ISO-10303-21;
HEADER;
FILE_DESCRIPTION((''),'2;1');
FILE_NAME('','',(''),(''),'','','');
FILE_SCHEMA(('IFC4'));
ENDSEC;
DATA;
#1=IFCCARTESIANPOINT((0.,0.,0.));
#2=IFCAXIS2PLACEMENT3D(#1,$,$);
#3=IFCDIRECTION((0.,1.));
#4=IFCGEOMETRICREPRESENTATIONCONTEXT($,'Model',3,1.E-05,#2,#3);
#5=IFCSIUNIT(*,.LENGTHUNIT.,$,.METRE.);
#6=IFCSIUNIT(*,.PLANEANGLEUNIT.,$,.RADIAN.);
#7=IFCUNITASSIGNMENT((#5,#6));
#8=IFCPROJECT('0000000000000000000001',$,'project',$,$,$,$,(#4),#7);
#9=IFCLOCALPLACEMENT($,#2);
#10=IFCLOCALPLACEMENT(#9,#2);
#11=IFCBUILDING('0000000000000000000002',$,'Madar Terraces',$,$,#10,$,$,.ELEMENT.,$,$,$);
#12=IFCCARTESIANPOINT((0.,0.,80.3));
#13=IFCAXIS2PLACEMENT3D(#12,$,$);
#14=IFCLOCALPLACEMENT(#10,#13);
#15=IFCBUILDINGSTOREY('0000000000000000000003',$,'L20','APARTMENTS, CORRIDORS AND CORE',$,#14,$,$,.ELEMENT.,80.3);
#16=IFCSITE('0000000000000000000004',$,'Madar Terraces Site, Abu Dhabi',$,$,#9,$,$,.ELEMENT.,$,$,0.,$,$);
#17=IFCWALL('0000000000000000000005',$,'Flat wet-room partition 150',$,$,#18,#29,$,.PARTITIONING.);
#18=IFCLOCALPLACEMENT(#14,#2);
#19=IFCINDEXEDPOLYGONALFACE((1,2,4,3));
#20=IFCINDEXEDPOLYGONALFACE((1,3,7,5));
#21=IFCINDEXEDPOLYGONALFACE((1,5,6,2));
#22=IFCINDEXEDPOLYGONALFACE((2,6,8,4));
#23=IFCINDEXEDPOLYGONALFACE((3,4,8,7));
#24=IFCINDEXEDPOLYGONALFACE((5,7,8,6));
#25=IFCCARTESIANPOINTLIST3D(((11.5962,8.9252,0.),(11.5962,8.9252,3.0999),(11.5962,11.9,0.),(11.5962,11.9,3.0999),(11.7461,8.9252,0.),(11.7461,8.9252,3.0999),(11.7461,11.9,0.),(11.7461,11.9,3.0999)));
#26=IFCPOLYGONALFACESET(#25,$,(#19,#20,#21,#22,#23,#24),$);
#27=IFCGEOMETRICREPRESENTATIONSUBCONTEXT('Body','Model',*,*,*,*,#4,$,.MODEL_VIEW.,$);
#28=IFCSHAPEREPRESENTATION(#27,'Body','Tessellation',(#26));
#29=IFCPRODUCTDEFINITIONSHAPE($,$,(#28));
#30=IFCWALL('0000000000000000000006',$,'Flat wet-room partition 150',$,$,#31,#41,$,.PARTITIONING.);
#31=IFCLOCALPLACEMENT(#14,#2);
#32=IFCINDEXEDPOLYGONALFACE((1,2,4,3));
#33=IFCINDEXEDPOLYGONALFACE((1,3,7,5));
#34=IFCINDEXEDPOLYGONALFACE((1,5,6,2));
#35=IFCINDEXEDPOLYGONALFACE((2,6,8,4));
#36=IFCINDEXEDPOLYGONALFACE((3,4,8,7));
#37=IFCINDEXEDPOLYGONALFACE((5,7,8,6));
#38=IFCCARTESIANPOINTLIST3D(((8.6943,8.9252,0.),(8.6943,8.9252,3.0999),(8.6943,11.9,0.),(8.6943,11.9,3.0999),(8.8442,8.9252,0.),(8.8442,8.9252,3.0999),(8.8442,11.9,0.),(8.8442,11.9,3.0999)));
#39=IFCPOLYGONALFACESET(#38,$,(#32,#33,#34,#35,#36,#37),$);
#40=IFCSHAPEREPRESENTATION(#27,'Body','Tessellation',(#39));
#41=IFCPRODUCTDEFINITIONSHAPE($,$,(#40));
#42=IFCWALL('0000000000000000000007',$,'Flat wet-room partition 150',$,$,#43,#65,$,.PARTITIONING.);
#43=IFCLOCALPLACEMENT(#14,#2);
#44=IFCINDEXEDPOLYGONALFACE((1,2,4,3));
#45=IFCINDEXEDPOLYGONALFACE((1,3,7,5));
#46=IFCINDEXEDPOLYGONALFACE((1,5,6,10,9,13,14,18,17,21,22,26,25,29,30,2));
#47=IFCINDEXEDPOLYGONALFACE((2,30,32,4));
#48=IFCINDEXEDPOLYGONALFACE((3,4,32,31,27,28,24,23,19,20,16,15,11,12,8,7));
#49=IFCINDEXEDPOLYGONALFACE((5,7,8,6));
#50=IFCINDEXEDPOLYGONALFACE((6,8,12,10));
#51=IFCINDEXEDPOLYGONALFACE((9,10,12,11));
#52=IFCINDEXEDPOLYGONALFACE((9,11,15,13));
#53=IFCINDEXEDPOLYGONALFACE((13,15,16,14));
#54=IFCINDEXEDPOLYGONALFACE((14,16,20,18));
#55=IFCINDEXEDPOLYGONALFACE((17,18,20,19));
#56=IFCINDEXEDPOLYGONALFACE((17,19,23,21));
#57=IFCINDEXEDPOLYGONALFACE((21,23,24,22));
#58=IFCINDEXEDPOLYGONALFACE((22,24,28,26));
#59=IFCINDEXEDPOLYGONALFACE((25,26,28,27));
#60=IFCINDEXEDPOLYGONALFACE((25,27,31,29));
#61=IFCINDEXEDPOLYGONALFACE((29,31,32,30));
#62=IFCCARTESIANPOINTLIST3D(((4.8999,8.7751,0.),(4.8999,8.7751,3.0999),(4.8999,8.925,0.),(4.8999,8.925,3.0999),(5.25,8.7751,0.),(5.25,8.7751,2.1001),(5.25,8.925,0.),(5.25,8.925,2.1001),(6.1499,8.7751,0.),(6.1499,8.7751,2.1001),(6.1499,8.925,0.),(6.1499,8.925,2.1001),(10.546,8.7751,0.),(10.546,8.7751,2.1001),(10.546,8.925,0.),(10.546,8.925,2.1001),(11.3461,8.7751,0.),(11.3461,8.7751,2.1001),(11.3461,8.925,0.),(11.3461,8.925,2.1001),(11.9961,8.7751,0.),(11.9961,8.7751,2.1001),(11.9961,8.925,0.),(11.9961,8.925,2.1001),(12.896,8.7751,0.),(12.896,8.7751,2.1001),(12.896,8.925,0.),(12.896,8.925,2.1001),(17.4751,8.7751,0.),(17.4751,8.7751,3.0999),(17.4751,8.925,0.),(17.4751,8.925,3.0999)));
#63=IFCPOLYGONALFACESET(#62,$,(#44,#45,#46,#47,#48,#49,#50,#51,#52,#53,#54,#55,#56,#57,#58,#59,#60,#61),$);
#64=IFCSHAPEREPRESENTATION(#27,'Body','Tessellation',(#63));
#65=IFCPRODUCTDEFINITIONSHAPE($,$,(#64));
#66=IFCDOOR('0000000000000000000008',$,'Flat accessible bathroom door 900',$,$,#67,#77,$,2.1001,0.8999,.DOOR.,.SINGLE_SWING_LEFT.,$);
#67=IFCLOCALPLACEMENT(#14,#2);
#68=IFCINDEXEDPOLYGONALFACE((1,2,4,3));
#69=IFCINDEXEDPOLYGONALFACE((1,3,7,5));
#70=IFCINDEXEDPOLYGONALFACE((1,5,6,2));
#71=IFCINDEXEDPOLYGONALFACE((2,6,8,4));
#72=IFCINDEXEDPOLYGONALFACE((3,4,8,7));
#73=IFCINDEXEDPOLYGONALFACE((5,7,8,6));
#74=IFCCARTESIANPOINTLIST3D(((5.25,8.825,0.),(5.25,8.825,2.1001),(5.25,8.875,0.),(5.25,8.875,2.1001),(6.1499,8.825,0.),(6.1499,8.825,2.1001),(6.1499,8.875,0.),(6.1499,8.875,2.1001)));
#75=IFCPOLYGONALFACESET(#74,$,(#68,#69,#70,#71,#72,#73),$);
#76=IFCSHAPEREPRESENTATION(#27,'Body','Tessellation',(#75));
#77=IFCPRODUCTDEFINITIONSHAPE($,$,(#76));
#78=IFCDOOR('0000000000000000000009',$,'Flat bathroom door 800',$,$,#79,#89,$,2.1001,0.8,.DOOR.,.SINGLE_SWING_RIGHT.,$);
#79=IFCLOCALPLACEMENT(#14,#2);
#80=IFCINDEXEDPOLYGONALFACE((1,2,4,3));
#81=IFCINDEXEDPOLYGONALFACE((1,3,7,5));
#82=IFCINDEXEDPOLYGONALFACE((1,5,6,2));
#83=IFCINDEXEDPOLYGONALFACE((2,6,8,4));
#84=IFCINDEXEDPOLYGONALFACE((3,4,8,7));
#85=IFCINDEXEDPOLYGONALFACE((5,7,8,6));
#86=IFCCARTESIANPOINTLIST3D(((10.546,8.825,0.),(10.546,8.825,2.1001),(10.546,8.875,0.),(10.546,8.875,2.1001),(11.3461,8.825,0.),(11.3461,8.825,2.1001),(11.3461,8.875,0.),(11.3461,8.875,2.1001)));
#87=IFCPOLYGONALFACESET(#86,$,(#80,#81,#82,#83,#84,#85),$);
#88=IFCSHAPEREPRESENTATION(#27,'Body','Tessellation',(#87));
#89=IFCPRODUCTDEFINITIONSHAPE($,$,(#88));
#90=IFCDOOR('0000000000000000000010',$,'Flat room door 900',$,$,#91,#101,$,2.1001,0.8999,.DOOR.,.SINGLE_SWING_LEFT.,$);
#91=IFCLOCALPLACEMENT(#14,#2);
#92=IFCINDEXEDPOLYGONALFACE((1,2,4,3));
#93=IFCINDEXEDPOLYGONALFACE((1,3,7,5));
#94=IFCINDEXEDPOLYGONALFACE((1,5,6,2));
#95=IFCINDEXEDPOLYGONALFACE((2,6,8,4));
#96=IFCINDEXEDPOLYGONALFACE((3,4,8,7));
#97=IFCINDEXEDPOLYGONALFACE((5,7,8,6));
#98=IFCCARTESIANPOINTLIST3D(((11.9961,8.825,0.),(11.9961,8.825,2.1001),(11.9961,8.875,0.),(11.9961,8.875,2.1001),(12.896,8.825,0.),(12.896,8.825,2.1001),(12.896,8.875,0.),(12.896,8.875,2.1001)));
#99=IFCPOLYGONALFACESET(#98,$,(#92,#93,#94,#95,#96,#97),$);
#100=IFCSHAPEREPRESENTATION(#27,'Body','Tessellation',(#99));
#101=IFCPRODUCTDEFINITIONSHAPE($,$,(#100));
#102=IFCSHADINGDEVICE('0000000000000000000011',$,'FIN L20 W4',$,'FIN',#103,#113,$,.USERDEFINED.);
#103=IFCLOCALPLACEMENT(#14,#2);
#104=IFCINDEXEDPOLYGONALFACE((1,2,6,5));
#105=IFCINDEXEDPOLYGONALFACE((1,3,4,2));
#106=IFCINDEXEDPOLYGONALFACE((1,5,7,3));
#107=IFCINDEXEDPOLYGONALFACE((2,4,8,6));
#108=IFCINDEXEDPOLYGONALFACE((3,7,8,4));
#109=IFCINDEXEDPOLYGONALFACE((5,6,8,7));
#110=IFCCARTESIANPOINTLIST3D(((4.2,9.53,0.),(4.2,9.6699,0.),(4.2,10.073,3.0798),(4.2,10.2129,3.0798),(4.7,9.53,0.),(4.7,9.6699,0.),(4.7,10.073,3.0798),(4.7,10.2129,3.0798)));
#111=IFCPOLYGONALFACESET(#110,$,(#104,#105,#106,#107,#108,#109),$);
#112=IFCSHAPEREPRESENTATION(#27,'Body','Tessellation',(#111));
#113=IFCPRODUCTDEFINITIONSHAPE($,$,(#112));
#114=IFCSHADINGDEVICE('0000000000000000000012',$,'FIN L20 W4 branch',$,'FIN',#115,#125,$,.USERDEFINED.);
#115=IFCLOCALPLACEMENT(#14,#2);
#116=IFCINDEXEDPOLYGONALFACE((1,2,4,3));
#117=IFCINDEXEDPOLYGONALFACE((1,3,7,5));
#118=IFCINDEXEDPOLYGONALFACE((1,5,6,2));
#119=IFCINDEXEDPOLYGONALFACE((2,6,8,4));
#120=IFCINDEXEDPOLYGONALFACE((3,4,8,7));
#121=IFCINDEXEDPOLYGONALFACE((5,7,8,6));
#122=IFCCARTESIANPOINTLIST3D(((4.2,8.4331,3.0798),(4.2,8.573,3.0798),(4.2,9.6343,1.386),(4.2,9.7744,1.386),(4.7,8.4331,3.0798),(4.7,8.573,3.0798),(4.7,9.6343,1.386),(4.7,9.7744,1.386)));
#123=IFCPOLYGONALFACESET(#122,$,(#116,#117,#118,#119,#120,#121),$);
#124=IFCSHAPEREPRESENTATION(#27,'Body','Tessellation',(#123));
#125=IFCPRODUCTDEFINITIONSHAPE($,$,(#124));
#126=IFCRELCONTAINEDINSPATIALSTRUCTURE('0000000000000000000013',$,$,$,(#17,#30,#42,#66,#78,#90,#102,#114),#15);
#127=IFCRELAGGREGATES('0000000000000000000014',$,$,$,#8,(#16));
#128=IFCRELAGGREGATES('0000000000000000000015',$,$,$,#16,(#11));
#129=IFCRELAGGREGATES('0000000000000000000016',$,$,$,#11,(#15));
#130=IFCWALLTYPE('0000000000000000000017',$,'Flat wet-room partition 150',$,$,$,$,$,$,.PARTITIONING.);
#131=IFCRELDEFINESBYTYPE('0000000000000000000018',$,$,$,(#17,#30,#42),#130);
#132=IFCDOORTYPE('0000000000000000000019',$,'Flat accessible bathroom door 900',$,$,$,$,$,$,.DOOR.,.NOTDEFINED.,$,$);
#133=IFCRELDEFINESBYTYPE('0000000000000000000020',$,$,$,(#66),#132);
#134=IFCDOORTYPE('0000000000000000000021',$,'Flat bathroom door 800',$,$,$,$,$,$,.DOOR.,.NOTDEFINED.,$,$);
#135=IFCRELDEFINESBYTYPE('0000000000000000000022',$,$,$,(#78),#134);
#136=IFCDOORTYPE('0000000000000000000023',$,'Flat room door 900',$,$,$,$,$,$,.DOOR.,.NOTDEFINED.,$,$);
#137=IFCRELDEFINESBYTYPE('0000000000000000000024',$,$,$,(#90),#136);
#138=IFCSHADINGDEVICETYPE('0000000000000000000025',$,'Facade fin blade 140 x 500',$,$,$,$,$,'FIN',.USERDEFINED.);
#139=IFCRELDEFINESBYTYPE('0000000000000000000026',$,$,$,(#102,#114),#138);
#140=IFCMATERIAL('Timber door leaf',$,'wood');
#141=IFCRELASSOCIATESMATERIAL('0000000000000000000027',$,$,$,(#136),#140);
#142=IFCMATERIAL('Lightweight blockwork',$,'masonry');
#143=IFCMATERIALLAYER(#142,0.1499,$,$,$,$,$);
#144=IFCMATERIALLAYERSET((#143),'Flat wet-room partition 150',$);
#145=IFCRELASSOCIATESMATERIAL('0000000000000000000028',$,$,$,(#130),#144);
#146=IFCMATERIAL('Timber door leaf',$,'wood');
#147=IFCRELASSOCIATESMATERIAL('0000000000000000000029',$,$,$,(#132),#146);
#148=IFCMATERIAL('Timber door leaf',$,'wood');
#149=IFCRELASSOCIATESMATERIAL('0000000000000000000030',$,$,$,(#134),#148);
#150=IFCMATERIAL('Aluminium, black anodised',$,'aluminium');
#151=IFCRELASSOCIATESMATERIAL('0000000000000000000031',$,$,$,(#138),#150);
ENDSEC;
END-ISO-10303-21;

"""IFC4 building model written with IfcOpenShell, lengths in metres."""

from ifc_helpers import new_model, si_unit, direction, frame, frame_2d, origin, place, context, subcontext, project, spatial, polyline, rectangle, outline, extrude, material, layer, layer_set, type_object, element, fill, save


model = new_model("IFC4")

# Units and contexts
model_context = context("Model", 3, precision=1e-05, world=origin(), true_north=direction((0.0, 1.0)))
body_context = subcontext(model_context, "Body", "Model", "MODEL_VIEW")
ifc_project = project(units=[si_unit("LENGTHUNIT", "METRE"), si_unit("PLANEANGLEUNIT", "RADIAN")], contexts=[model_context])

# Site, building, storey
site_placement = place(None, origin())
site = spatial("IfcSite", under=ifc_project, at=site_placement, Name="Madar Terraces Site, Abu Dhabi", CompositionType="ELEMENT", RefElevation=0.0)
building_placement = place(site_placement, origin())
building = spatial("IfcBuilding", under=site, at=building_placement, Name="Madar Terraces", CompositionType="ELEMENT")
storey_placement = place(building_placement, frame((0.0, 0.0, 80.3)))
storey = spatial("IfcBuildingStorey", under=building, at=storey_placement, Name="L20", Description="APARTMENTS, CORRIDORS AND CORE", CompositionType="ELEMENT", Elevation=80.3)

# Shared definitions
ifc_material_1 = material(Name="Timber door leaf", Category="wood")
door_type_1 = type_object("IfcDoorType", Name="Flat room door 900", OperationType="NOTDEFINED", PredefinedType="DOOR", material=ifc_material_1)

# Walls
ifc_material_2 = material(Name="Lightweight blockwork", Category="masonry")
ifc_layer_1 = layer(ifc_material_2, 0.1499)
ifc_layer_set_1 = layer_set([ifc_layer_1], Name="Flat wet-room partition 150")
wall_type_1 = type_object("IfcWallType", Name="Flat wet-room partition 150", PredefinedType="PARTITIONING", material=ifc_layer_set_1)
for number, where, z_axis, x_axis, name in (
    (1, (11.6711, 11.8999, 0.0), (0.0, 0.0, 1.0), (0.0, -1.0, 0.0), "Flat wet-room partition 150"),
    (2, (8.7693, 11.8999, 0.0), (0.0, 0.0, 1.0), (0.0, -1.0, 0.0), "Flat wet-room partition 150"),
):
    element("IfcWall", number, at=place(storey_placement, frame(where, z_axis=z_axis, x_axis=x_axis)), inside=storey, type_object=wall_type_1, Name=name, PredefinedType="PARTITIONING", context=body_context, shape_type="SweptSolid", body=[
        extrude(rectangle(XDim=2.9749, YDim=0.1499, at=frame_2d((1.4873, 0.0))), origin(), (0.0, 0.0, 1.0), 3.0999),
    ])

# Wall, openings, doors
wall_1_placement = place(storey_placement, frame((4.8999, 8.8501, 0.0), z_axis=(0.0, 0.0, 1.0), x_axis=(1.0, 0.0, 0.0)))
wall_1 = element("IfcWall", 3, at=wall_1_placement, inside=storey, type_object=wall_type_1, Name="Flat wet-room partition 150", PredefinedType="PARTITIONING", context=body_context, shape_type="SweptSolid", body=[
    extrude(rectangle(XDim=12.5752, YDim=0.1499, at=frame_2d((6.2876, 0.0))), origin(), (0.0, 0.0, 1.0), 3.0999),
])
opening_1_placement = place(wall_1_placement, frame((7.0962, 0.0, 0.0)))
opening_1 = element("IfcOpeningElement", 4, at=opening_1_placement, cuts=wall_1, PredefinedType="OPENING", context=body_context, shape_type="SweptSolid", body=[
    extrude(rectangle(XDim=0.8999, YDim=2.1001, at=frame_2d((0.45, 1.05))), frame((0.0, 0.085, 0.0), z_axis=(0.0, -1.0, 0.0), x_axis=(1.0, 0.0, 0.0)), (0.0, 0.0, 1.0), 0.1699),
])
opening_2_placement = place(wall_1_placement, frame((5.6462, 0.0, 0.0)))
opening_2 = element("IfcOpeningElement", 5, at=opening_2_placement, cuts=wall_1, PredefinedType="OPENING", context=body_context, shape_type="SweptSolid", body=[
    extrude(rectangle(XDim=0.8, YDim=2.1001, at=frame_2d((0.3999, 1.05))), frame((0.0, 0.085, 0.0), z_axis=(0.0, -1.0, 0.0), x_axis=(1.0, 0.0, 0.0)), (0.0, 0.0, 1.0), 0.1699),
])
opening_3_placement = place(wall_1_placement, frame((0.3501, 0.0, 0.0)))
opening_3 = element("IfcOpeningElement", 6, at=opening_3_placement, cuts=wall_1, PredefinedType="OPENING", context=body_context, shape_type="SweptSolid", body=[
    extrude(rectangle(XDim=0.8999, YDim=2.1001, at=frame_2d((0.45, 1.05))), frame((0.0, 0.085, 0.0), z_axis=(0.0, -1.0, 0.0), x_axis=(1.0, 0.0, 0.0)), (0.0, 0.0, 1.0), 0.1699),
])
ifc_material_3 = material(Name="Timber door leaf", Category="wood")
door_type_2 = type_object("IfcDoorType", Name="Flat accessible bathroom door 900", OperationType="NOTDEFINED", PredefinedType="DOOR", material=ifc_material_3)
door_1_placement = place(opening_3_placement, origin())
door_1 = element("IfcDoor", 7, at=door_1_placement, inside=storey, type_object=door_type_2, Name="Flat accessible bathroom door 900", OperationType="SINGLE_SWING_LEFT", OverallHeight=2.1001, OverallWidth=0.8999, PredefinedType="DOOR", context=body_context, shape_type="SweptSolid", body=[
    extrude(rectangle(XDim=0.8999, YDim=2.1001, at=frame_2d((0.45, 1.05))), frame((0.0, 0.0249, 0.0), z_axis=(0.0, -1.0, 0.0), x_axis=(1.0, 0.0, 0.0)), (0.0, 0.0, 1.0), 0.05),
])
fill(opening_3, door_1)
ifc_material_4 = material(Name="Timber door leaf", Category="wood")
door_type_3 = type_object("IfcDoorType", Name="Flat bathroom door 800", OperationType="NOTDEFINED", PredefinedType="DOOR", material=ifc_material_4)
door_2_placement = place(opening_2_placement, origin())
door_2 = element("IfcDoor", 8, at=door_2_placement, inside=storey, type_object=door_type_3, Name="Flat bathroom door 800", OperationType="SINGLE_SWING_RIGHT", OverallHeight=2.1001, OverallWidth=0.8, PredefinedType="DOOR", context=body_context, shape_type="SweptSolid", body=[
    extrude(rectangle(XDim=0.8, YDim=2.1001, at=frame_2d((0.3999, 1.05))), frame((0.0, 0.0249, 0.0), z_axis=(0.0, -1.0, 0.0), x_axis=(1.0, 0.0, 0.0)), (0.0, 0.0, 1.0), 0.05),
])
fill(opening_2, door_2)
door_3_placement = place(opening_1_placement, origin())
door_3 = element("IfcDoor", 9, at=door_3_placement, inside=storey, type_object=door_type_1, Name="Flat room door 900", OperationType="SINGLE_SWING_LEFT", OverallHeight=2.1001, OverallWidth=0.8999, PredefinedType="DOOR", context=body_context, shape_type="SweptSolid", body=[
    extrude(rectangle(XDim=0.8999, YDim=2.1001, at=frame_2d((0.45, 1.05))), frame((0.0, 0.0249, 0.0), z_axis=(0.0, -1.0, 0.0), x_axis=(1.0, 0.0, 0.0)), (0.0, 0.0, 1.0), 0.05),
])
fill(opening_1, door_3)

# Shading devices
ifc_material_5 = material(Name="Aluminium, black anodised", Category="aluminium")
shading_device_type = type_object("IfcShadingDeviceType", Name="Facade fin blade 140 x 500", ElementType="FIN", PredefinedType="USERDEFINED", material=ifc_material_5)
shading_device_1_placement = place(storey_placement, frame((4.45, 9.6699, 0.0), z_axis=(0.0, 0.0, 1.0), x_axis=(0.0, -1.0, 0.0)))
element("IfcShadingDevice", 10, at=shading_device_1_placement, inside=storey, type_object=shading_device_type, Name="FIN L20 W4", ObjectType="FIN", PredefinedType="USERDEFINED", context=body_context, shape_type="SweptSolid", body=[
    extrude(outline(polyline([(0.0, 0.0), (0.1399, 0.0), (-0.4031, 3.0798), (-0.543, 3.0798), (0.0, 0.0)])), frame((0.0, 0.25, 0.0), z_axis=(0.0, -1.0, 0.0), x_axis=(1.0, 0.0, 0.0)), (0.0, 0.0, 1.0), 0.5),
])
shading_device_2_placement = place(storey_placement, frame((4.45, 9.7744, 1.386), z_axis=(0.0, 0.0, 1.0), x_axis=(0.0, -1.0, 0.0)))
element("IfcShadingDevice", 11, at=shading_device_2_placement, inside=storey, type_object=shading_device_type, Name="FIN L20 W4 branch", ObjectType="FIN", PredefinedType="USERDEFINED", context=body_context, shape_type="SweptSolid", body=[
    extrude(outline(polyline([(0.0, 0.0), (0.1401, 0.0), (1.3413, 1.6938), (1.2014, 1.6938), (0.0, 0.0)])), frame((0.0, 0.25, 0.0), z_axis=(0.0, -1.0, 0.0), x_axis=(1.0, 0.0, 0.0)), (0.0, 0.0, 1.0), 0.5),
])

save(model, "model.ifc")
